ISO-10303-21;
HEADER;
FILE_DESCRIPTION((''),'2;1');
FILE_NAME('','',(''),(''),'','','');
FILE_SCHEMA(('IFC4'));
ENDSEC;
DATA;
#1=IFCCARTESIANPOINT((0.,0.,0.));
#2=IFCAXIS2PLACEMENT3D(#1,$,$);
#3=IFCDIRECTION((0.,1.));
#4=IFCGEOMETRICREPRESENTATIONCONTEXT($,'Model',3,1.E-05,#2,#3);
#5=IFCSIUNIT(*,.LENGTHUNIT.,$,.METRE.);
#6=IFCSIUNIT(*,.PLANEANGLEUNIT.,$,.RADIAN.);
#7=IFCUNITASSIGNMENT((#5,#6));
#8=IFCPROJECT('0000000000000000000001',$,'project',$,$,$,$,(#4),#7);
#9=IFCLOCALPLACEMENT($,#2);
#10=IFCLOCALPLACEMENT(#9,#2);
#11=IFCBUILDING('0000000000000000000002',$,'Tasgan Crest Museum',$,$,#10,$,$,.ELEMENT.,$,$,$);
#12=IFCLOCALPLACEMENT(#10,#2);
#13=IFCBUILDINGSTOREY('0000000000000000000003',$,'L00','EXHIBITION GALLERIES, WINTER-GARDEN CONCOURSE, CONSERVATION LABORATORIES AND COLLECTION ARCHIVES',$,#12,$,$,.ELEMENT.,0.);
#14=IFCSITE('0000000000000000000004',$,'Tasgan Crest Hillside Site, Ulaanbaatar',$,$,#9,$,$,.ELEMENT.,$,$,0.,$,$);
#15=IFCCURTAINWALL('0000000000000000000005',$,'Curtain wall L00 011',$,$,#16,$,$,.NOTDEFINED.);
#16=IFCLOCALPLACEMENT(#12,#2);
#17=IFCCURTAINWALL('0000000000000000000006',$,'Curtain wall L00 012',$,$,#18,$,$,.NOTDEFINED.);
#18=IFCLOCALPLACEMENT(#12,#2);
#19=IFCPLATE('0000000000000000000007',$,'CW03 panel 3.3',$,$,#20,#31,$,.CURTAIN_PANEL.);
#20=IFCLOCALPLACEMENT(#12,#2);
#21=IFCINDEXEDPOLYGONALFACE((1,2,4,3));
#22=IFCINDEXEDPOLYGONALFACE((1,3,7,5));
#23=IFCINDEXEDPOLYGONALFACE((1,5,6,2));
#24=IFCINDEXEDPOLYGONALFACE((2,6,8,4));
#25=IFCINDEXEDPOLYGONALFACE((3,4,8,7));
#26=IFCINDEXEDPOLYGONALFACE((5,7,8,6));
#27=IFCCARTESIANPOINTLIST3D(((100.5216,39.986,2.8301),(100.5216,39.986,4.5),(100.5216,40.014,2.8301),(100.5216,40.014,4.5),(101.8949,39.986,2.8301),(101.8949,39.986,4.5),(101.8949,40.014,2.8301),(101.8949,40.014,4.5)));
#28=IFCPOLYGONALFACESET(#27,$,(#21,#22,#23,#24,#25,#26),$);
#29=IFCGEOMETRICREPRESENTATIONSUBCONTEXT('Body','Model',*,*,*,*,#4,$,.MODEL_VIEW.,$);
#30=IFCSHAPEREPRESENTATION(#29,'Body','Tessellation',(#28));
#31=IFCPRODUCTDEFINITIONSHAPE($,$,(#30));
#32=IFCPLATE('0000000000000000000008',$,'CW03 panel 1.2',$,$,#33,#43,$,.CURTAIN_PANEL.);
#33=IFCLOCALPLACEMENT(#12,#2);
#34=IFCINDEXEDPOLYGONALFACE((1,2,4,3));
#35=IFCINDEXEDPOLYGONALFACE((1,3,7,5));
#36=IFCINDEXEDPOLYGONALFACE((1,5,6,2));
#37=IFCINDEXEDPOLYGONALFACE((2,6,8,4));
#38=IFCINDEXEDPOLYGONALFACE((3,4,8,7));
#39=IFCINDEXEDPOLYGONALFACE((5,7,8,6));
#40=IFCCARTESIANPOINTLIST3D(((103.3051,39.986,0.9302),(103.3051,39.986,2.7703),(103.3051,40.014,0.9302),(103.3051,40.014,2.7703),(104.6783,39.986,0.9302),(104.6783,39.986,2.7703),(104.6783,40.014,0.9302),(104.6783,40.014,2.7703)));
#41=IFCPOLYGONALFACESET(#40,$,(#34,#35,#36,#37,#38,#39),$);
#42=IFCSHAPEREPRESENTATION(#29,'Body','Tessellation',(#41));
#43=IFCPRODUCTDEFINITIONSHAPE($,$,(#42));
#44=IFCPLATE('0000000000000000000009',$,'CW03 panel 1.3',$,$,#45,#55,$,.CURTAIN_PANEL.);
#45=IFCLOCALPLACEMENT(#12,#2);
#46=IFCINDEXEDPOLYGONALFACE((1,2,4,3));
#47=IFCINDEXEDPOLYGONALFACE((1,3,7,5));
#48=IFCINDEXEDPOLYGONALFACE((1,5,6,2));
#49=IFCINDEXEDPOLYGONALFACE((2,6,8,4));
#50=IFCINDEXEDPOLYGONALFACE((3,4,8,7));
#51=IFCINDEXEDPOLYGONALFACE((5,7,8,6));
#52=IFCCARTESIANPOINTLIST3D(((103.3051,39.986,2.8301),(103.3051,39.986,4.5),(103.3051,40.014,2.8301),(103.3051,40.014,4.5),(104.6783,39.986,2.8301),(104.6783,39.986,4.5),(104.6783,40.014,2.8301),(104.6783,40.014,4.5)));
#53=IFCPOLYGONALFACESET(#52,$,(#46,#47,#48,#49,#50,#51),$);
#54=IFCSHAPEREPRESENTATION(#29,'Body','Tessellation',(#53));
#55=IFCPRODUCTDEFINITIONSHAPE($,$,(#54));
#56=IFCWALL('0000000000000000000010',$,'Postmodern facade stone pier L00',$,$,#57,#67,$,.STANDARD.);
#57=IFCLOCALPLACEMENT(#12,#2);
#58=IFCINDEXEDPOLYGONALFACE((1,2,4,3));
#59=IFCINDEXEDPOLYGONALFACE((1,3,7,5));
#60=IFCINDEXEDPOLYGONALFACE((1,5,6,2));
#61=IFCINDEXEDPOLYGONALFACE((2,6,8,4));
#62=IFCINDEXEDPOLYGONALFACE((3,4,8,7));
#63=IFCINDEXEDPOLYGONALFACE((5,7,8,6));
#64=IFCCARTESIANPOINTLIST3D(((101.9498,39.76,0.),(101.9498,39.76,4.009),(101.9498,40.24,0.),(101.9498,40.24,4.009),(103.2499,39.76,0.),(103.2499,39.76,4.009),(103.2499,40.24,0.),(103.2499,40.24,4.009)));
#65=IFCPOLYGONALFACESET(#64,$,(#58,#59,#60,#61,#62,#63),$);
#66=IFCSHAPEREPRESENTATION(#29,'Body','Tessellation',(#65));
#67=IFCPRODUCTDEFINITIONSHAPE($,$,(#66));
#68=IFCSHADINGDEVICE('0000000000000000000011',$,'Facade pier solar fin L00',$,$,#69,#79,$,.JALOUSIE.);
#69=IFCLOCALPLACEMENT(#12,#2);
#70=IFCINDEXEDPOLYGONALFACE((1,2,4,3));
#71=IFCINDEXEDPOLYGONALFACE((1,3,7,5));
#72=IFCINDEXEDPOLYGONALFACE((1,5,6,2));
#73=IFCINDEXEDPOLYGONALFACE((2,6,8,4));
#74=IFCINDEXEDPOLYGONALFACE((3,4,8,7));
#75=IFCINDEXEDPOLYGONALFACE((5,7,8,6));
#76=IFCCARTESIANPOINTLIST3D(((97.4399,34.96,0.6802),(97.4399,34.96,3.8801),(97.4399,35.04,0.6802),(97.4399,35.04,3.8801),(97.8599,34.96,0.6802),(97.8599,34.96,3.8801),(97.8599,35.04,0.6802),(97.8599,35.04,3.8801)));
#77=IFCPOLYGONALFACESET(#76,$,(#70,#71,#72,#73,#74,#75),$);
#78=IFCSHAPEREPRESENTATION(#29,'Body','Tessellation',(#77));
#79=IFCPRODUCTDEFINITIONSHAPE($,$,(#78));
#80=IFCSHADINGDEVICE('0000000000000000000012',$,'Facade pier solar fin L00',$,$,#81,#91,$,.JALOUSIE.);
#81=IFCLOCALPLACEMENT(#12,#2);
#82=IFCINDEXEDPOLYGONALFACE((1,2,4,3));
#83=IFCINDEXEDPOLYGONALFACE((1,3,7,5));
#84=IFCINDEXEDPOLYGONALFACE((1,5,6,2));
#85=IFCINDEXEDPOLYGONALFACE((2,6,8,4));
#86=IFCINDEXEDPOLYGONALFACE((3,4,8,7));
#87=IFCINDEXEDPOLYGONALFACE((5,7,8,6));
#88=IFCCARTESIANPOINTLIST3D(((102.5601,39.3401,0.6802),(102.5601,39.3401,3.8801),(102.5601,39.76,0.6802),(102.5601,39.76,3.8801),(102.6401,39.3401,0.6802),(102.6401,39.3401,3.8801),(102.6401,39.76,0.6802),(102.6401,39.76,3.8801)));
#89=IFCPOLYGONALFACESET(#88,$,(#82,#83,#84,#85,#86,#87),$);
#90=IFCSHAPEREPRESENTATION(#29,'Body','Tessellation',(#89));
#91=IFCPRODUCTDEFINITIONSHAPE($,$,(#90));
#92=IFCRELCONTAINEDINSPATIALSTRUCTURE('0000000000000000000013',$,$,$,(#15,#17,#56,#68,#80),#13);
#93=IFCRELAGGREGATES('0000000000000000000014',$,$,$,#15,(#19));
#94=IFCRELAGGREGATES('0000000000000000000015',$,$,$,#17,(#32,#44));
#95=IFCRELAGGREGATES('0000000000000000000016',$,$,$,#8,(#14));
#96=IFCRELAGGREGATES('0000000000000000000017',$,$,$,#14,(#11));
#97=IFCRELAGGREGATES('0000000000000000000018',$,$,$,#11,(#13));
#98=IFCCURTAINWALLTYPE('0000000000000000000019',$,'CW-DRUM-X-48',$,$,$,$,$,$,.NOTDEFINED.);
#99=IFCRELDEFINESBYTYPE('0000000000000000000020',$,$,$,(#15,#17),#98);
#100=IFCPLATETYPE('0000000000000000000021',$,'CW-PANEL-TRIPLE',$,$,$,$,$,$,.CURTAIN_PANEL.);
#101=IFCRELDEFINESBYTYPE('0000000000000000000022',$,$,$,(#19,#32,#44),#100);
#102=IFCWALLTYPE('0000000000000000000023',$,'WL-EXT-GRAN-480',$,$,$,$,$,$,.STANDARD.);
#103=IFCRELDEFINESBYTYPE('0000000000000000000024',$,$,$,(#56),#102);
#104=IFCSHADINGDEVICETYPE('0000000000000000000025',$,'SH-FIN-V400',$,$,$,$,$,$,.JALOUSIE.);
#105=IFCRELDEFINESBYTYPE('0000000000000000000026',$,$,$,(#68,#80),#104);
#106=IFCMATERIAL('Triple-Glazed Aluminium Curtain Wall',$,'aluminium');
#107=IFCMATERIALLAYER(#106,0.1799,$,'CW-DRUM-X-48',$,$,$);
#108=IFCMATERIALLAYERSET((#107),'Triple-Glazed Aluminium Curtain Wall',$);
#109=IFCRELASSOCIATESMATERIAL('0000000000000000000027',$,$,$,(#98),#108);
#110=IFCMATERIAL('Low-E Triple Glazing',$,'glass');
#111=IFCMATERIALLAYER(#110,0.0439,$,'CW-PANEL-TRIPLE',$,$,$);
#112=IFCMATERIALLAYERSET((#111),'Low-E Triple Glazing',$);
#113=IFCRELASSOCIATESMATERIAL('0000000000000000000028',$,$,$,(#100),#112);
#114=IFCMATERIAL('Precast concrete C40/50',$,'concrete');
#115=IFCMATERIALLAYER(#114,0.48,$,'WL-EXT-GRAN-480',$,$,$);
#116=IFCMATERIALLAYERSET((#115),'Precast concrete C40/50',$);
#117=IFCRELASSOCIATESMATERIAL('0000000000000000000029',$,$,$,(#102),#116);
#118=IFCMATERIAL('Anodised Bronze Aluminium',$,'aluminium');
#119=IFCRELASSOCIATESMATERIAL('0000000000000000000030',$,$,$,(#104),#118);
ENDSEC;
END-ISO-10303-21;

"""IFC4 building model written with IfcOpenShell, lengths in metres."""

from ifc_helpers import new_model, si_unit, direction, frame, frame_2d, origin, origin_2d, place, context, subcontext, project, spatial, rectangle, extrude, material, layer, layer_set, type_object, element, aggregate, save


model = new_model("IFC4")

# Units and contexts
model_context = context("Model", 3, precision=1e-05, world=origin(), true_north=direction((0.0, 1.0)))
body_context = subcontext(model_context, "Body", "Model", "MODEL_VIEW")
ifc_project = project(units=[si_unit("LENGTHUNIT", "METRE"), si_unit("PLANEANGLEUNIT", "RADIAN")], contexts=[model_context])

# Site, building, storey
site_placement = place(None, origin())
site = spatial("IfcSite", under=ifc_project, at=site_placement, Name="Tasgan Crest Hillside Site, Ulaanbaatar", CompositionType="ELEMENT", RefElevation=0.0)
building_placement = place(site_placement, origin())
building = spatial("IfcBuilding", under=site, at=building_placement, Name="Tasgan Crest Museum", CompositionType="ELEMENT")
storey_placement = place(building_placement, origin())
storey = spatial("IfcBuildingStorey", under=building, at=storey_placement, Name="L00", Description="EXHIBITION GALLERIES, WINTER-GARDEN CONCOURSE, CONSERVATION LABORATORIES AND COLLECTION ARCHIVES", CompositionType="ELEMENT", Elevation=0.0)

# Curtain walls
ifc_material_1 = material(Name="Triple-Glazed Aluminium Curtain Wall", Category="aluminium")
ifc_layer_1 = layer(ifc_material_1, 0.1799, Name="CW-DRUM-X-48")
ifc_layer_set_1 = layer_set([ifc_layer_1], Name="Triple-Glazed Aluminium Curtain Wall")
curtain_wall_type = type_object("IfcCurtainWallType", Name="CW-DRUM-X-48", PredefinedType="NOTDEFINED", material=ifc_layer_set_1)
curtain_wall_1_placement = place(storey_placement, origin())
curtain_wall_1 = element("IfcCurtainWall", 1, at=curtain_wall_1_placement, inside=storey, type_object=curtain_wall_type, Name="Curtain wall L00 011", PredefinedType="NOTDEFINED")
curtain_wall_2_placement = place(storey_placement, origin())
curtain_wall_2 = element("IfcCurtainWall", 2, at=curtain_wall_2_placement, inside=storey, type_object=curtain_wall_type, Name="Curtain wall L00 012", PredefinedType="NOTDEFINED")

# Plates
ifc_material_2 = material(Name="Low-E Triple Glazing", Category="glass")
ifc_layer_2 = layer(ifc_material_2, 0.0439, Name="CW-PANEL-TRIPLE")
ifc_layer_set_2 = layer_set([ifc_layer_2], Name="Low-E Triple Glazing")
plate_type_1 = type_object("IfcPlateType", Name="CW-PANEL-TRIPLE", PredefinedType="CURTAIN_PANEL", material=ifc_layer_set_2)
plate_1_placement = place(storey_placement, frame((101.2083, 40.0, 2.8301), z_axis=(0.0, 0.0, 1.0), x_axis=(1.0, 0.0, 0.0)))
plate_1 = element("IfcPlate", 3, at=plate_1_placement, type_object=plate_type_1, Name="CW03 panel 3.3", PredefinedType="CURTAIN_PANEL", context=body_context, shape_type="SweptSolid", body=[
    extrude(rectangle(XDim=1.3733, YDim=0.0281, at=origin_2d()), origin(), (0.0, 0.0, 1.0), 1.6699),
])
aggregate(curtain_wall_1, [plate_1])
plate_2_placement = place(storey_placement, frame((103.9917, 40.0, 0.9302), z_axis=(0.0, 0.0, 1.0), x_axis=(1.0, 0.0, 0.0)))
plate_2 = element("IfcPlate", 4, at=plate_2_placement, type_object=plate_type_1, Name="CW03 panel 1.2", PredefinedType="CURTAIN_PANEL", context=body_context, shape_type="SweptSolid", body=[
    extrude(rectangle(XDim=1.3733, YDim=0.0281, at=origin_2d()), origin(), (0.0, 0.0, 1.0), 1.8401),
])
plate_3_placement = place(storey_placement, frame((103.9917, 40.0, 2.8301), z_axis=(0.0, 0.0, 1.0), x_axis=(1.0, 0.0, 0.0)))
plate_3 = element("IfcPlate", 5, at=plate_3_placement, type_object=plate_type_1, Name="CW03 panel 1.3", PredefinedType="CURTAIN_PANEL", context=body_context, shape_type="SweptSolid", body=[
    extrude(rectangle(XDim=1.3733, YDim=0.0281, at=origin_2d()), origin(), (0.0, 0.0, 1.0), 1.6699),
])
aggregate(curtain_wall_2, [plate_2, plate_3])

# Wall
ifc_material_3 = material(Name="Precast concrete C40/50", Category="concrete")
ifc_layer_3 = layer(ifc_material_3, 0.48, Name="WL-EXT-GRAN-480")
ifc_layer_set_3 = layer_set([ifc_layer_3], Name="Precast concrete C40/50")
wall_type = type_object("IfcWallType", Name="WL-EXT-GRAN-480", PredefinedType="STANDARD", material=ifc_layer_set_3)
wall_placement = place(storey_placement, frame((101.95, 40.0, 0.0), z_axis=(0.0, 0.0, 1.0), x_axis=(1.0, 0.0, 0.0)))
element("IfcWall", 6, at=wall_placement, inside=storey, type_object=wall_type, Name="Postmodern facade stone pier L00", PredefinedType="STANDARD", context=body_context, shape_type="SweptSolid", body=[
    extrude(rectangle(XDim=1.3, YDim=0.48, at=frame_2d((0.6499, 0.0))), origin(), (0.0, 0.0, 1.0), 4.009),
])

# Shading devices
ifc_material_4 = material(Name="Anodised Bronze Aluminium", Category="aluminium")
shading_device_type = type_object("IfcShadingDeviceType", Name="SH-FIN-V400", PredefinedType="JALOUSIE", material=ifc_material_4)
for number, where, z_axis, x_axis, name in (
    (7, (97.6499, 35.0, 0.6802), (0.0, 0.0, 1.0), (0.0, 1.0, 0.0), "Facade pier solar fin L00"),
    (8, (102.6001, 39.55, 0.6802), (0.0, 0.0, 1.0), (1.0, 0.0, 0.0), "Facade pier solar fin L00"),
):
    element("IfcShadingDevice", number, at=place(storey_placement, frame(where, z_axis=z_axis, x_axis=x_axis)), inside=storey, type_object=shading_device_type, Name=name, PredefinedType="JALOUSIE", context=body_context, shape_type="SweptSolid", body=[
        extrude(rectangle(XDim=0.0801, YDim=0.4199, at=origin_2d()), origin(), (0.0, 0.0, 1.0), 3.2),
    ])

save(model, "model.ifc")
